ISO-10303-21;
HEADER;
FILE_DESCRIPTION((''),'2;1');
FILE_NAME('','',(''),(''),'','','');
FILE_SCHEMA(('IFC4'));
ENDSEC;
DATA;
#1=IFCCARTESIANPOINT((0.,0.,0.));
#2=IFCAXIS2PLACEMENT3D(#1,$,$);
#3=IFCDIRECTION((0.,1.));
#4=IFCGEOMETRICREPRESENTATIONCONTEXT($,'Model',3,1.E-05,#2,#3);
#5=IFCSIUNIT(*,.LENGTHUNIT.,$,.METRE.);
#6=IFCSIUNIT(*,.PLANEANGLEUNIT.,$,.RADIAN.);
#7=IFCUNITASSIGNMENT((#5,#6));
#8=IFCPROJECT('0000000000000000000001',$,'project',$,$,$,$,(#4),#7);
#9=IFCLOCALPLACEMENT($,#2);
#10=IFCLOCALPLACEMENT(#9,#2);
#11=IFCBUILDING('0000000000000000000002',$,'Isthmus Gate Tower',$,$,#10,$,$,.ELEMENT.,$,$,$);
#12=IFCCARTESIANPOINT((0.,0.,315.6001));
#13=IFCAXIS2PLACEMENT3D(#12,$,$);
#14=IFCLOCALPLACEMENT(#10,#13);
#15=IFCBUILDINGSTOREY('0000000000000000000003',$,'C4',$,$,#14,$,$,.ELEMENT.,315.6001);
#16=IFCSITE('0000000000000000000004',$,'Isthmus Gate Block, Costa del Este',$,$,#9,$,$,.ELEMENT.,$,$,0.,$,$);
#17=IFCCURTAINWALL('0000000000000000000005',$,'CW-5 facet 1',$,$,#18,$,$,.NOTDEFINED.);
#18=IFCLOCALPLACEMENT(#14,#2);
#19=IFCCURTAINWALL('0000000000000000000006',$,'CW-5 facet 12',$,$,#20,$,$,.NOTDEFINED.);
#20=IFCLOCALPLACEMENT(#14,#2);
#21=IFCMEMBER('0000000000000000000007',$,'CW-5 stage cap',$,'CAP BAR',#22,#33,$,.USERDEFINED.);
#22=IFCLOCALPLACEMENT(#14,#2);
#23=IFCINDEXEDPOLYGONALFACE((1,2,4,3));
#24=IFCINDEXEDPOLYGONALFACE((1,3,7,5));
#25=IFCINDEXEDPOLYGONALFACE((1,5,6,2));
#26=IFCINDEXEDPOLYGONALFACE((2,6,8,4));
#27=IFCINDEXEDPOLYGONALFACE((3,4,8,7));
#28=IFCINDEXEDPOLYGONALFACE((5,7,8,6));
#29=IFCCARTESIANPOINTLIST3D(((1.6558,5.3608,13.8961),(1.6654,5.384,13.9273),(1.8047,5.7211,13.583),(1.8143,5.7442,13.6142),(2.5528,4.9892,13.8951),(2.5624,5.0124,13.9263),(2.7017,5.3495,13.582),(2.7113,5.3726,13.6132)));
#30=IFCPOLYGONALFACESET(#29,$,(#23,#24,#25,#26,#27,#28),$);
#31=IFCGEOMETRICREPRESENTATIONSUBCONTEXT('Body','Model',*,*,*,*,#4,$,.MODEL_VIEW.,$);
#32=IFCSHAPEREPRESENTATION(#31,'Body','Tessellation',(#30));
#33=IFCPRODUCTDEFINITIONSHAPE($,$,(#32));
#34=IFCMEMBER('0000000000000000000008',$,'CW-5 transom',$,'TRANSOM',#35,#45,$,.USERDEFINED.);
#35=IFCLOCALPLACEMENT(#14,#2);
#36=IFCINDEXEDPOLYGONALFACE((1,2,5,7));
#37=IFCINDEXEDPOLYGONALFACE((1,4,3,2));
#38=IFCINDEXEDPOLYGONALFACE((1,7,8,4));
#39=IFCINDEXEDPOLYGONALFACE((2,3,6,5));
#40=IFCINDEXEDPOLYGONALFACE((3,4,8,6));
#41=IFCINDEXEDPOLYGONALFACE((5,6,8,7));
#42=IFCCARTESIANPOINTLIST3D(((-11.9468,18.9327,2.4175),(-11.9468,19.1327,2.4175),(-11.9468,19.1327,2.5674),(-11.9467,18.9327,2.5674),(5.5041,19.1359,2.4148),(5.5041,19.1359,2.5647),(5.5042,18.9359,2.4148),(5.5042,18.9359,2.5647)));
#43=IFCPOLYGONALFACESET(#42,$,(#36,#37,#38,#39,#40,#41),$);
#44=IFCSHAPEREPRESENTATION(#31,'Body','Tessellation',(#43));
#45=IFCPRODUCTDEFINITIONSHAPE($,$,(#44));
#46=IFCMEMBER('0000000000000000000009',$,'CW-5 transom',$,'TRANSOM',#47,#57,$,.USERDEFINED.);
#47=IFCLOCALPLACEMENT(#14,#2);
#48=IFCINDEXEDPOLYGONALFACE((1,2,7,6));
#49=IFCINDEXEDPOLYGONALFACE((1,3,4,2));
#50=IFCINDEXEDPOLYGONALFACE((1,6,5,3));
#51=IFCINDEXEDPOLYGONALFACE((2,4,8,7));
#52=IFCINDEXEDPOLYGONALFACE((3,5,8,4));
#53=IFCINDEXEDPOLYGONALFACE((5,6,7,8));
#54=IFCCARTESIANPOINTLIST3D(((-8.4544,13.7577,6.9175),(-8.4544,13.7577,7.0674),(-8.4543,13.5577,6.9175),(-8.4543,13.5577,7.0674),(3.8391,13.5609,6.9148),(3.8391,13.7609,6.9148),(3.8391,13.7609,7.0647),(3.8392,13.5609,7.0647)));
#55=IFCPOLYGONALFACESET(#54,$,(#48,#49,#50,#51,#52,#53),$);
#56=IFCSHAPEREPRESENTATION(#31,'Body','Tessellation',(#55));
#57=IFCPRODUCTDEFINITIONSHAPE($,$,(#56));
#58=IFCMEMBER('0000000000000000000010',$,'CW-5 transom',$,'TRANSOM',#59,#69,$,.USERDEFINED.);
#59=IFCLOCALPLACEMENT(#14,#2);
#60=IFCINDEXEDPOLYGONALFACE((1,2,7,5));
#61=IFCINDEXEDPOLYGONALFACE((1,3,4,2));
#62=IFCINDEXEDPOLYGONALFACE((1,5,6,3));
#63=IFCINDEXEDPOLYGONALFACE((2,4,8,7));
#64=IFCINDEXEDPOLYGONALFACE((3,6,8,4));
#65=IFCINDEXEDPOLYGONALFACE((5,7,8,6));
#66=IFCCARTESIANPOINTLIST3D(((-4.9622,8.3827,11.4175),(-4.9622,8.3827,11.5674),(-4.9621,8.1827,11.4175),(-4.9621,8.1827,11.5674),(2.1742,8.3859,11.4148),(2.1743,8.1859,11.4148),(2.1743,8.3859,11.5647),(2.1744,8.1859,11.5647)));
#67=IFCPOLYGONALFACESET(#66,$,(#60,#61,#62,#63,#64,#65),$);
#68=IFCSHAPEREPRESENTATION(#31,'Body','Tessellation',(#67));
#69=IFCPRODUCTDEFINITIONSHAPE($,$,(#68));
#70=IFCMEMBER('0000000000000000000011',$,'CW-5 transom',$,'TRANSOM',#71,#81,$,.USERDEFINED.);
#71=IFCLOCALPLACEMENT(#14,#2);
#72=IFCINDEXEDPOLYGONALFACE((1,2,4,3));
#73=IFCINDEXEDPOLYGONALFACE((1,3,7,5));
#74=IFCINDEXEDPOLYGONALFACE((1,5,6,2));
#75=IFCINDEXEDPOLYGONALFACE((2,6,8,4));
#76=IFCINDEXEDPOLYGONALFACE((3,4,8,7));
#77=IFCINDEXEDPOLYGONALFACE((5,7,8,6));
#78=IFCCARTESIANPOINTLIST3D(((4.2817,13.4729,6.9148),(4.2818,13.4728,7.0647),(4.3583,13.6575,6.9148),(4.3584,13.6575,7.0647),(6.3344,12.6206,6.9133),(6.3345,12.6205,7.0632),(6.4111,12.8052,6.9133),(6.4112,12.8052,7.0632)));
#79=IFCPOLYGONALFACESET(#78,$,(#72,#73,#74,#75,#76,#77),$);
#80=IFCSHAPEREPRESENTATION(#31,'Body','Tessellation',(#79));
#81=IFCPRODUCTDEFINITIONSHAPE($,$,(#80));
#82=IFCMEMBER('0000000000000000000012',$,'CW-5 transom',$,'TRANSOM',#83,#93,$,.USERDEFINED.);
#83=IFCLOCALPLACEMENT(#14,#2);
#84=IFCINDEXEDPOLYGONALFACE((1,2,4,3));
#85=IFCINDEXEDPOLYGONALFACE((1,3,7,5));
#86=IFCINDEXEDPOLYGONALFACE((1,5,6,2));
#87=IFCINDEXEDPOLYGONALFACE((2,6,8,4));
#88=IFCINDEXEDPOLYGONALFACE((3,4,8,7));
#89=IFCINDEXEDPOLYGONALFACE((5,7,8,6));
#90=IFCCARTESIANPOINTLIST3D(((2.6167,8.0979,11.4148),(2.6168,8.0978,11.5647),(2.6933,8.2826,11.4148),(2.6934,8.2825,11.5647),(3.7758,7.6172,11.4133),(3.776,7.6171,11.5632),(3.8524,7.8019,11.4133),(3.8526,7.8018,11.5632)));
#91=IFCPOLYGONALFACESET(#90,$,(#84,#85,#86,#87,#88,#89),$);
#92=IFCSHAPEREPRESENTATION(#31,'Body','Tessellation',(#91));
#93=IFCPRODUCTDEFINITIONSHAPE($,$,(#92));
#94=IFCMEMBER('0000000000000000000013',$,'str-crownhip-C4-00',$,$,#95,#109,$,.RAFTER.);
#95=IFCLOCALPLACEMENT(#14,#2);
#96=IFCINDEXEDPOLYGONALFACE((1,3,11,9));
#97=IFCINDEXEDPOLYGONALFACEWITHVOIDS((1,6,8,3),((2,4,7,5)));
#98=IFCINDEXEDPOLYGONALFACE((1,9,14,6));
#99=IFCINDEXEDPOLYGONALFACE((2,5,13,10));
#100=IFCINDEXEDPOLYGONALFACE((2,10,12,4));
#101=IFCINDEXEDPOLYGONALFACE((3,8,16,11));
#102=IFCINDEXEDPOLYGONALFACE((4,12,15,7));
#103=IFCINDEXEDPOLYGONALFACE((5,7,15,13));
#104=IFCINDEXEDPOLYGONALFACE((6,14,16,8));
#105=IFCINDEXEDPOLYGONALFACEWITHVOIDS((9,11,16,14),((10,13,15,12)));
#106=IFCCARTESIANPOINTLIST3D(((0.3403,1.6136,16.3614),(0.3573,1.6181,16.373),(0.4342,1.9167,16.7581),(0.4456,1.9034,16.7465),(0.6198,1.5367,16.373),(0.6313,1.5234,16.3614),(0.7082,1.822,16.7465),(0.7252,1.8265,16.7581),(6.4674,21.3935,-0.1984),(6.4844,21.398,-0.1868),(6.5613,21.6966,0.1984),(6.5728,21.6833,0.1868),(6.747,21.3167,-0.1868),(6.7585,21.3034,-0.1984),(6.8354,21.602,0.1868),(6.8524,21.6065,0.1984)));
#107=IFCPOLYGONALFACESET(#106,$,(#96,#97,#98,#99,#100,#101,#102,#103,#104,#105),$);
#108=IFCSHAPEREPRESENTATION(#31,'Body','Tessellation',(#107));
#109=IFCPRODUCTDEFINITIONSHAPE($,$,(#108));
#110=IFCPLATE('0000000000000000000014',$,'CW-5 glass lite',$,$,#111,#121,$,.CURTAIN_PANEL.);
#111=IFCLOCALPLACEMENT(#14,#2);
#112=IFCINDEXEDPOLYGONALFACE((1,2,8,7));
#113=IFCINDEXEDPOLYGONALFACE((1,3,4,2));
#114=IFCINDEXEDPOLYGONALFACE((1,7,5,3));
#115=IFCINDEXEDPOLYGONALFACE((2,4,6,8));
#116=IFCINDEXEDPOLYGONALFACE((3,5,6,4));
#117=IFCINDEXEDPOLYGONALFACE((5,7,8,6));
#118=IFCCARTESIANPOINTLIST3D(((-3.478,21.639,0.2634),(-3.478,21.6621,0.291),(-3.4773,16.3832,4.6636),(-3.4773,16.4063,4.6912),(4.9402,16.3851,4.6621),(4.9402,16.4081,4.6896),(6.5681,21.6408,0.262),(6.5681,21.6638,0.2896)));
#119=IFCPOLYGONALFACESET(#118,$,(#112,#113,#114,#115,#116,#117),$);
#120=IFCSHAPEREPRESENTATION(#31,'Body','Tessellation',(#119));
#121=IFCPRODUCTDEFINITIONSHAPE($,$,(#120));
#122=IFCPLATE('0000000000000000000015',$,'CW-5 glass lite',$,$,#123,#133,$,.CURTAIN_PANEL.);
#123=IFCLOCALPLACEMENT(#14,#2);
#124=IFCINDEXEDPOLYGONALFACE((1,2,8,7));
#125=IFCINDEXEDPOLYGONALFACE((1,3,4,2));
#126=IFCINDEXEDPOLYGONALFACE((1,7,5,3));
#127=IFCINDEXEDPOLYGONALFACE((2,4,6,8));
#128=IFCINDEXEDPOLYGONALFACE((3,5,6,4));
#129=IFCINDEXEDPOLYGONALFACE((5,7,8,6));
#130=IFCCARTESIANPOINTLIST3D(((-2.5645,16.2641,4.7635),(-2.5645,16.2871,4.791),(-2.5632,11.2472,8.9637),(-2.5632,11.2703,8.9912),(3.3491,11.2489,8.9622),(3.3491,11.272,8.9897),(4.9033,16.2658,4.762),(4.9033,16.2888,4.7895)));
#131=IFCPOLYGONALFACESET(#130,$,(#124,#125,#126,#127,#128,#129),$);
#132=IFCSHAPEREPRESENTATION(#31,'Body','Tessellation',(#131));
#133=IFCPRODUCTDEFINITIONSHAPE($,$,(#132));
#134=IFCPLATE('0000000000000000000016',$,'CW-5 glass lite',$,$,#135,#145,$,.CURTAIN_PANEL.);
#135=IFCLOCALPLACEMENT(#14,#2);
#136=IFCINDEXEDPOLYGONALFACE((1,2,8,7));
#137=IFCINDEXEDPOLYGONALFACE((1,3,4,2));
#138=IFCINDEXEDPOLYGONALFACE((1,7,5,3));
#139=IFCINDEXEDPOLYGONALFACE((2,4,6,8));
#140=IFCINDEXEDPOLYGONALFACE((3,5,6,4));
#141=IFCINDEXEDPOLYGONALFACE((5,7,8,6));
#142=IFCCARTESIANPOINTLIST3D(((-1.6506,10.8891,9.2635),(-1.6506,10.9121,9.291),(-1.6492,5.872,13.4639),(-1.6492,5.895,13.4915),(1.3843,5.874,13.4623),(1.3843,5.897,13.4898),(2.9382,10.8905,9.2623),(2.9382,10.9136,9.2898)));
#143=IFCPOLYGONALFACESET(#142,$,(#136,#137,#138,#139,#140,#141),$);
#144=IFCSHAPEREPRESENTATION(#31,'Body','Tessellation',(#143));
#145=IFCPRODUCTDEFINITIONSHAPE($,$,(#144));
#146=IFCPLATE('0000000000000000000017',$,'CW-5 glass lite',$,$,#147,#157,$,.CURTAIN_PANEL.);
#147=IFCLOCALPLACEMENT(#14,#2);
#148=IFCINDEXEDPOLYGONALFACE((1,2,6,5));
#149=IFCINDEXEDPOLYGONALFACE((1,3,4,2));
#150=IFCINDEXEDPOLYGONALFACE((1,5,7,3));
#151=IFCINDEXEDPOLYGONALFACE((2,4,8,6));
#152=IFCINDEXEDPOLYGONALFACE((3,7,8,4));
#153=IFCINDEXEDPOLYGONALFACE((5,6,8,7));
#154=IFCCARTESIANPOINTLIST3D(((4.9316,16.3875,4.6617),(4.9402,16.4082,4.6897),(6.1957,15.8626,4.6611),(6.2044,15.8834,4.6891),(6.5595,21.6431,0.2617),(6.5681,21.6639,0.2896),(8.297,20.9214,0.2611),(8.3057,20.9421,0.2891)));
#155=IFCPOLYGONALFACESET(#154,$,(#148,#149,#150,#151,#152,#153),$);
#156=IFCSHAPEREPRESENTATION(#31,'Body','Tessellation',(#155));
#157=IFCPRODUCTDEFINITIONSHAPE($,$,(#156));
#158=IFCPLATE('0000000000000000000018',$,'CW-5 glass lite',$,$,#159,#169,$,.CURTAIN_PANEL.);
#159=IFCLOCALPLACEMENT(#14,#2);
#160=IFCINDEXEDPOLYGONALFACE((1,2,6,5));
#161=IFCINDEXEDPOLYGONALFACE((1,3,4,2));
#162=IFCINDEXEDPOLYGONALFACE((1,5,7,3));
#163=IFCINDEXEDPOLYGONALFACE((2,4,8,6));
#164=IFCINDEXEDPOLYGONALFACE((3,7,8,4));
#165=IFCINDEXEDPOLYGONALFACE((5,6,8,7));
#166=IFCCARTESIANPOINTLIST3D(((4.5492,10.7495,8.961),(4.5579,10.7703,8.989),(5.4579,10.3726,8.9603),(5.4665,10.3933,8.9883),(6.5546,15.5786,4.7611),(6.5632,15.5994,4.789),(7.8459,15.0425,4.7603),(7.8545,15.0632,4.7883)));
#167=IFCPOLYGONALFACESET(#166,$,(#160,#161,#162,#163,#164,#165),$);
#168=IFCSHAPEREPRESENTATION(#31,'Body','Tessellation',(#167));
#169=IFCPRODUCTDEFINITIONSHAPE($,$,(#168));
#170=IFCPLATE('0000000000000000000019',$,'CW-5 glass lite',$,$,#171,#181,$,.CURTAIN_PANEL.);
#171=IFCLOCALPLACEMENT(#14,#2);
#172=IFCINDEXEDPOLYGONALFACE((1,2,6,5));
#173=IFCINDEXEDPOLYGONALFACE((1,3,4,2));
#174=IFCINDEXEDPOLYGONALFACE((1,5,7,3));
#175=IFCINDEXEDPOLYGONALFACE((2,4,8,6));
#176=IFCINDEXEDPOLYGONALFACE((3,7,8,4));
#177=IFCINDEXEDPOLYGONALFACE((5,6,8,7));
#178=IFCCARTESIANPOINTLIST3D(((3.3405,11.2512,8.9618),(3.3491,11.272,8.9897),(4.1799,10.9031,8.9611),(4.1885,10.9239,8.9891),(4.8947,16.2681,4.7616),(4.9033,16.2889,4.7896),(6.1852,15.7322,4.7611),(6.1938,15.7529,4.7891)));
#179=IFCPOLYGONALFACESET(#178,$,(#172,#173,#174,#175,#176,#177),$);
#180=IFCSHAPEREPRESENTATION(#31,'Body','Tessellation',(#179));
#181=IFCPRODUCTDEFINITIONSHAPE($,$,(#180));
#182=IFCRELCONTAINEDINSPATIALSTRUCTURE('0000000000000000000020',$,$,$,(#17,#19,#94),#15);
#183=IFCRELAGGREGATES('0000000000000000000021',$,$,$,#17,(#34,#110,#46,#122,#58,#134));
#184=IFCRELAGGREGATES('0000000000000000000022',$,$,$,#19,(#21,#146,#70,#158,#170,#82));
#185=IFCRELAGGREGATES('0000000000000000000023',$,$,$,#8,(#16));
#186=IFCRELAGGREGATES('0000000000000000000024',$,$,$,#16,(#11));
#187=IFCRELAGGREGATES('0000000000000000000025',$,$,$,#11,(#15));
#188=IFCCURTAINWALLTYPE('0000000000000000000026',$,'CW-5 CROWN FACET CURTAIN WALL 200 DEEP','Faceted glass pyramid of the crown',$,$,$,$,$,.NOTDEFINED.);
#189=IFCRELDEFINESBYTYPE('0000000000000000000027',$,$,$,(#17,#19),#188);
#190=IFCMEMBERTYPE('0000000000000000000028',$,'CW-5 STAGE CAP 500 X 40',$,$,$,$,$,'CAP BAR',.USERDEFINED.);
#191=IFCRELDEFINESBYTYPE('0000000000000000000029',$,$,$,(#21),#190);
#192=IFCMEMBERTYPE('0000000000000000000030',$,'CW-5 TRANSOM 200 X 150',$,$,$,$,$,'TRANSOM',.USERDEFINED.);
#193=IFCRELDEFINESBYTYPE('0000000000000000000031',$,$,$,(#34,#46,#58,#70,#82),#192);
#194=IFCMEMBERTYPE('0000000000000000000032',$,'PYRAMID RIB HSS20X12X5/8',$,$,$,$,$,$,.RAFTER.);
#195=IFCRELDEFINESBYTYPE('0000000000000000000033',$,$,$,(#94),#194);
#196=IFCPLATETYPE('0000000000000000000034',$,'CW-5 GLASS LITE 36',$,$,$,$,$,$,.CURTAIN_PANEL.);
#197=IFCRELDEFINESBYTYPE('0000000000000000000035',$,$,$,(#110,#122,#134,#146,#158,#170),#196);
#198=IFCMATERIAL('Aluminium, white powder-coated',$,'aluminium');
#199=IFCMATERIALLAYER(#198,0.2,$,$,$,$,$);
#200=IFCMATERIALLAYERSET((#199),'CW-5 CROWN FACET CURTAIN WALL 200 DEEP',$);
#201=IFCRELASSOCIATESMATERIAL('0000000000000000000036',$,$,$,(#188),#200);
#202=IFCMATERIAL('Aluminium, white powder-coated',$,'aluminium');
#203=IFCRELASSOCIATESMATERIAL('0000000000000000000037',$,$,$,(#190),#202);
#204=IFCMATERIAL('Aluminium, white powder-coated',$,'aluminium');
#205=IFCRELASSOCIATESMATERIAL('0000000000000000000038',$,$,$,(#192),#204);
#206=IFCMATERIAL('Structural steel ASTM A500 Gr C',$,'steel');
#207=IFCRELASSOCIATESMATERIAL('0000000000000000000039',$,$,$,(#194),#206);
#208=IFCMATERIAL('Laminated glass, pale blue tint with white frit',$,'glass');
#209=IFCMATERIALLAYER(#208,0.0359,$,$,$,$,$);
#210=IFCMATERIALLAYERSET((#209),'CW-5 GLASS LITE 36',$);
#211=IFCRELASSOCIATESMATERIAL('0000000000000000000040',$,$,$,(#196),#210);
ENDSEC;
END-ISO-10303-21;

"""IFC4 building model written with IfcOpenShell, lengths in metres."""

from ifc_helpers import new_model, si_unit, direction, frame, origin, origin_2d, place, context, subcontext, project, spatial, polyline, rectangle, hollow_rectangle, outline, extrude, material, layer, layer_set, material_profile, profile_set, type_object, element, aggregate, save


model = new_model("IFC4")

# Units and contexts
model_context = context("Model", 3, precision=1e-05, world=origin(), true_north=direction((0.0, 1.0)))
body_context = subcontext(model_context, "Body", "Model", "MODEL_VIEW")
ifc_project = project(units=[si_unit("LENGTHUNIT", "METRE"), si_unit("PLANEANGLEUNIT", "RADIAN")], contexts=[model_context])

# Site, building, storey
site_placement = place(None, origin())
site = spatial("IfcSite", under=ifc_project, at=site_placement, Name="Isthmus Gate Block, Costa del Este", CompositionType="ELEMENT", RefElevation=0.0)
building_placement = place(site_placement, origin())
building = spatial("IfcBuilding", under=site, at=building_placement, Name="Isthmus Gate Tower", CompositionType="ELEMENT")
storey_placement = place(building_placement, frame((0.0, 0.0, 315.6001)))
storey = spatial("IfcBuildingStorey", under=building, at=storey_placement, Name="C4", CompositionType="ELEMENT", Elevation=315.6001)

# Curtain wall
ifc_material_1 = material(Name="Aluminium, white powder-coated", Category="aluminium")
ifc_layer_1 = layer(ifc_material_1, 0.2)
ifc_layer_set_1 = layer_set([ifc_layer_1], Name="CW-5 CROWN FACET CURTAIN WALL 200 DEEP")
curtain_wall_type = type_object("IfcCurtainWallType", Name="CW-5 CROWN FACET CURTAIN WALL 200 DEEP", Description="Faceted glass pyramid of the crown", PredefinedType="NOTDEFINED", material=ifc_layer_set_1)
curtain_wall_1_placement = place(storey_placement, origin())
curtain_wall_1 = element("IfcCurtainWall", 1, at=curtain_wall_1_placement, inside=storey, type_object=curtain_wall_type, Name="CW-5 facet 1", PredefinedType="NOTDEFINED")
placement_1 = place(building_placement, frame((0.0, 0.0, 324.6001)))

# Curtain wall
curtain_wall_2_placement = place(storey_placement, origin())
curtain_wall_2 = element("IfcCurtainWall", 2, at=curtain_wall_2_placement, inside=storey, type_object=curtain_wall_type, Name="CW-5 facet 12", PredefinedType="NOTDEFINED")
placement_2 = place(building_placement, frame((0.0, 0.0, 320.1001)))

# Shared definitions
ifc_material_2 = material(Name="Aluminium, white powder-coated", Category="aluminium")
ifc_material_profile_1 = material_profile(ifc_material_2, rectangle(XDim=0.5, YDim=0.04, at=origin_2d()), Name="500x40")
ifc_profile_set_1 = profile_set([ifc_material_profile_1], Name="Aluminium, white powder-coated")
member_type_1 = type_object("IfcMemberType", Name="CW-5 STAGE CAP 500 X 40", ElementType="CAP BAR", PredefinedType="USERDEFINED", material=ifc_profile_set_1)

# Members
member_1_placement = place(placement_1, frame((2.6321, 5.1809, 4.7542), z_axis=(-0.923863, 0.382722, 0.001006), x_axis=(-0.297802, -0.720518, 0.626234)))
member_1 = element("IfcMember", 3, at=member_1_placement, type_object=member_type_1, Name="CW-5 stage cap", ObjectType="CAP BAR", PredefinedType="USERDEFINED", context=body_context, shape_type="SweptSolid", body=[
    extrude(rectangle(XDim=0.5, YDim=0.04, at=origin_2d()), origin(), (0.0, 0.0, 1.0), 0.9709),
])
ifc_material_3 = material(Name="Aluminium, white powder-coated", Category="aluminium")
ifc_material_profile_2 = material_profile(ifc_material_3, rectangle(XDim=0.2, YDim=0.1499, at=origin_2d()), Name="200x150")
ifc_profile_set_2 = profile_set([ifc_material_profile_2], Name="Aluminium, white powder-coated")
member_type_2 = type_object("IfcMemberType", Name="CW-5 TRANSOM 200 X 150", ElementType="TRANSOM", PredefinedType="USERDEFINED", material=ifc_profile_set_2)
member_2_placement = place(storey_placement, frame((5.5042, 19.0359, 2.4897), z_axis=(-1.0, -0.000182, 0.000154), x_axis=(0.000182, -1.0, 0.0)))
member_2 = element("IfcMember", 4, at=member_2_placement, type_object=member_type_2, Name="CW-5 transom", ObjectType="TRANSOM", PredefinedType="USERDEFINED", context=body_context, shape_type="SweptSolid", body=[
    extrude(rectangle(XDim=0.2, YDim=0.1499, at=origin_2d()), origin(), (0.0, 0.0, 1.0), 17.4509),
])
member_3_placement = place(placement_2, frame((3.8391, 13.6609, 2.4897), z_axis=(-1.0, -0.000258, 0.000218), x_axis=(0.000258, -1.0, 0.0)))
member_3 = element("IfcMember", 5, at=member_3_placement, type_object=member_type_2, Name="CW-5 transom", ObjectType="TRANSOM", PredefinedType="USERDEFINED", context=body_context, shape_type="SweptSolid", body=[
    extrude(rectangle(XDim=0.2, YDim=0.1499, at=origin_2d()), origin(), (0.0, 0.0, 1.0), 12.2935),
])
member_4_placement = place(placement_1, frame((2.1743, 8.2859, 2.4897), z_axis=(-1.0, -0.000445, 0.000376), x_axis=(0.000445, -1.0, 0.0)))
member_4 = element("IfcMember", 6, at=member_4_placement, type_object=member_type_2, Name="CW-5 transom", ObjectType="TRANSOM", PredefinedType="USERDEFINED", context=body_context, shape_type="SweptSolid", body=[
    extrude(rectangle(XDim=0.2, YDim=0.1499, at=origin_2d()), origin(), (0.0, 0.0, 1.0), 7.1365),
])
member_5_placement = place(placement_2, frame((6.3728, 12.7129, 2.4883), z_axis=(-0.923557, 0.383461, 0.000659), x_axis=(-0.383461, -0.923557, 0.0)))
member_5 = element("IfcMember", 7, at=member_5_placement, type_object=member_type_2, Name="CW-5 transom", ObjectType="TRANSOM", PredefinedType="USERDEFINED", context=body_context, shape_type="SweptSolid", body=[
    extrude(rectangle(XDim=0.2, YDim=0.1499, at=origin_2d()), origin(), (0.0, 0.0, 1.0), 2.2227),
])
member_6_placement = place(placement_1, frame((3.8142, 7.7095, 2.4883), z_axis=(-0.92372, 0.383067, 0.001167), x_axis=(-0.383068, -0.92372, 0.0)))
member_6 = element("IfcMember", 8, at=member_6_placement, type_object=member_type_2, Name="CW-5 transom", ObjectType="TRANSOM", PredefinedType="USERDEFINED", context=body_context, shape_type="SweptSolid", body=[
    extrude(rectangle(XDim=0.2, YDim=0.1499, at=origin_2d()), origin(), (0.0, 0.0, 1.0), 1.2549),
])
ifc_material_4 = material(Name="Structural steel ASTM A500 Gr C", Category="steel")
ifc_material_profile_3 = material_profile(ifc_material_4, hollow_rectangle(XDim=0.3047, YDim=0.5081, WallThickness=0.0149, at=origin_2d()), Name="HSS20X12X5/8")
ifc_profile_set_3 = profile_set([ifc_material_profile_3], Name="Structural steel ASTM A500 Gr C")
member_type_3 = type_object("IfcMemberType", Name="PYRAMID RIB HSS20X12X5/8", PredefinedType="RAFTER", material=ifc_profile_set_3)
member_7_placement = place(storey_placement, frame((6.6599, 21.5, 0.0), z_axis=(-0.231088, -0.746008, 0.624557), x_axis=(0.95522, -0.295896, 0.0)))
element("IfcMember", 9, at=member_7_placement, inside=storey, type_object=member_type_3, Name="str-crownhip-C4-00", PredefinedType="RAFTER", context=body_context, shape_type="SweptSolid", body=[
    extrude(hollow_rectangle(XDim=0.3047, YDim=0.5081, WallThickness=0.0149, at=origin_2d()), origin(), (0.0, 0.0, 1.0), 26.5144),
])

# Plates
ifc_material_5 = material(Name="Laminated glass, pale blue tint with white frit", Category="glass")
ifc_layer_2 = layer(ifc_material_5, 0.0359)
ifc_layer_set_2 = layer_set([ifc_layer_2], Name="CW-5 GLASS LITE 36")
plate_type = type_object("IfcPlateType", Name="CW-5 GLASS LITE 36", PredefinedType="CURTAIN_PANEL", material=ifc_layer_set_2)
plate_1_placement = place(storey_placement, frame((6.5681, 21.6638, 0.2896), z_axis=(-0.000006, 0.641937, 0.766758), x_axis=(-1.0, -0.000175, 0.000139)))
plate_1 = element("IfcPlate", 10, at=plate_1_placement, type_object=plate_type, Name="CW-5 glass lite", PredefinedType="CURTAIN_PANEL", context=body_context, shape_type="SweptSolid", body=[
    extrude(outline(polyline([(0.0, 0.0), (10.0461, 0.0), (10.0469, 6.8546), (1.6295, 6.854), (0.0, 0.0)])), origin(), (0.0, 0.0, -1.0), 0.0359),
])
plate_2_placement = place(placement_2, frame((4.9033, 16.2888, 0.2896), z_axis=(0.000004, 0.64194, 0.766755), x_axis=(-1.0, -0.000229, 0.000196)))
plate_2 = element("IfcPlate", 11, at=plate_2_placement, type_object=plate_type, Name="CW-5 glass lite", PredefinedType="CURTAIN_PANEL", context=body_context, shape_type="SweptSolid", body=[
    extrude(outline(polyline([(0.0, 0.0), (7.4678, 0.0), (7.4685, 6.543), (1.5562, 6.5425), (0.0, 0.0)])), origin(), (0.0, 0.0, -1.0), 0.0359),
])
plate_3_placement = place(placement_1, frame((2.9382, 10.9136, 0.2898), z_axis=(0.000007, 0.64194, 0.766755), x_axis=(-1.0, -0.000314, 0.000272)))
plate_3 = element("IfcPlate", 12, at=plate_3_placement, type_object=plate_type, Name="CW-5 glass lite", PredefinedType="CURTAIN_PANEL", context=body_context, shape_type="SweptSolid", body=[
    extrude(outline(polyline([(0.0, 0.0), (4.5889, 0.0), (4.5901, 6.5433), (1.5567, 6.542), (0.0, 0.0)])), origin(), (0.0, 0.0, -1.0), 0.0359),
])
plate_4_placement = place(storey_placement, frame((8.3057, 20.9421, 0.2891), z_axis=(0.240451, 0.578231, 0.779636), x_axis=(-0.923495, 0.38361, 0.000308)))
plate_4 = element("IfcPlate", 13, at=plate_4_placement, type_object=plate_type, Name="CW-5 glass lite", PredefinedType="CURTAIN_PANEL", context=body_context, shape_type="SweptSolid", body=[
    extrude(outline(polyline([(0.0, 0.0), (1.8815, 0.0), (1.3701, 7.0265), (0.0013, 7.0261), (0.0, 0.0)])), origin(), (0.0, 0.0, -1.0), 0.0359),
])
plate_5_placement = place(placement_2, frame((7.8545, 15.0632, 0.2883), z_axis=(0.2405, 0.5782, 0.779644), x_axis=(-0.923559, 0.383456, 0.000515)))
plate_5 = element("IfcPlate", 14, at=plate_5_placement, type_object=plate_type, Name="CW-5 glass lite", PredefinedType="CURTAIN_PANEL", context=body_context, shape_type="SweptSolid", body=[
    extrude(outline(polyline([(0.0, 0.0), (1.3981, 0.0), (1.4006, 6.7068), (0.4169, 6.7064), (0.0, 0.0)])), origin(), (0.0, 0.0, -1.0), 0.0359),
])
plate_6_placement = place(placement_2, frame((6.1938, 15.7529, 0.2891), z_axis=(0.240447, 0.578228, 0.77964), x_axis=(-0.923532, 0.383522, 0.000381)))
plate_6 = element("IfcPlate", 15, at=plate_6_placement, type_object=plate_type, Name="CW-5 glass lite", PredefinedType="CURTAIN_PANEL", context=body_context, shape_type="SweptSolid", body=[
    extrude(outline(polyline([(0.0, 0.0), (1.3974, 0.0), (0.9103, 6.7074), (0.0016, 6.7068), (0.0, 0.0)])), origin(), (0.0, 0.0, -1.0), 0.0359),
])

aggregate(curtain_wall_1, [member_2, plate_1, member_3, plate_2, member_4, plate_3])
aggregate(curtain_wall_2, [member_1, plate_4, member_5, plate_5, plate_6, member_6])

save(model, "model.ifc")
